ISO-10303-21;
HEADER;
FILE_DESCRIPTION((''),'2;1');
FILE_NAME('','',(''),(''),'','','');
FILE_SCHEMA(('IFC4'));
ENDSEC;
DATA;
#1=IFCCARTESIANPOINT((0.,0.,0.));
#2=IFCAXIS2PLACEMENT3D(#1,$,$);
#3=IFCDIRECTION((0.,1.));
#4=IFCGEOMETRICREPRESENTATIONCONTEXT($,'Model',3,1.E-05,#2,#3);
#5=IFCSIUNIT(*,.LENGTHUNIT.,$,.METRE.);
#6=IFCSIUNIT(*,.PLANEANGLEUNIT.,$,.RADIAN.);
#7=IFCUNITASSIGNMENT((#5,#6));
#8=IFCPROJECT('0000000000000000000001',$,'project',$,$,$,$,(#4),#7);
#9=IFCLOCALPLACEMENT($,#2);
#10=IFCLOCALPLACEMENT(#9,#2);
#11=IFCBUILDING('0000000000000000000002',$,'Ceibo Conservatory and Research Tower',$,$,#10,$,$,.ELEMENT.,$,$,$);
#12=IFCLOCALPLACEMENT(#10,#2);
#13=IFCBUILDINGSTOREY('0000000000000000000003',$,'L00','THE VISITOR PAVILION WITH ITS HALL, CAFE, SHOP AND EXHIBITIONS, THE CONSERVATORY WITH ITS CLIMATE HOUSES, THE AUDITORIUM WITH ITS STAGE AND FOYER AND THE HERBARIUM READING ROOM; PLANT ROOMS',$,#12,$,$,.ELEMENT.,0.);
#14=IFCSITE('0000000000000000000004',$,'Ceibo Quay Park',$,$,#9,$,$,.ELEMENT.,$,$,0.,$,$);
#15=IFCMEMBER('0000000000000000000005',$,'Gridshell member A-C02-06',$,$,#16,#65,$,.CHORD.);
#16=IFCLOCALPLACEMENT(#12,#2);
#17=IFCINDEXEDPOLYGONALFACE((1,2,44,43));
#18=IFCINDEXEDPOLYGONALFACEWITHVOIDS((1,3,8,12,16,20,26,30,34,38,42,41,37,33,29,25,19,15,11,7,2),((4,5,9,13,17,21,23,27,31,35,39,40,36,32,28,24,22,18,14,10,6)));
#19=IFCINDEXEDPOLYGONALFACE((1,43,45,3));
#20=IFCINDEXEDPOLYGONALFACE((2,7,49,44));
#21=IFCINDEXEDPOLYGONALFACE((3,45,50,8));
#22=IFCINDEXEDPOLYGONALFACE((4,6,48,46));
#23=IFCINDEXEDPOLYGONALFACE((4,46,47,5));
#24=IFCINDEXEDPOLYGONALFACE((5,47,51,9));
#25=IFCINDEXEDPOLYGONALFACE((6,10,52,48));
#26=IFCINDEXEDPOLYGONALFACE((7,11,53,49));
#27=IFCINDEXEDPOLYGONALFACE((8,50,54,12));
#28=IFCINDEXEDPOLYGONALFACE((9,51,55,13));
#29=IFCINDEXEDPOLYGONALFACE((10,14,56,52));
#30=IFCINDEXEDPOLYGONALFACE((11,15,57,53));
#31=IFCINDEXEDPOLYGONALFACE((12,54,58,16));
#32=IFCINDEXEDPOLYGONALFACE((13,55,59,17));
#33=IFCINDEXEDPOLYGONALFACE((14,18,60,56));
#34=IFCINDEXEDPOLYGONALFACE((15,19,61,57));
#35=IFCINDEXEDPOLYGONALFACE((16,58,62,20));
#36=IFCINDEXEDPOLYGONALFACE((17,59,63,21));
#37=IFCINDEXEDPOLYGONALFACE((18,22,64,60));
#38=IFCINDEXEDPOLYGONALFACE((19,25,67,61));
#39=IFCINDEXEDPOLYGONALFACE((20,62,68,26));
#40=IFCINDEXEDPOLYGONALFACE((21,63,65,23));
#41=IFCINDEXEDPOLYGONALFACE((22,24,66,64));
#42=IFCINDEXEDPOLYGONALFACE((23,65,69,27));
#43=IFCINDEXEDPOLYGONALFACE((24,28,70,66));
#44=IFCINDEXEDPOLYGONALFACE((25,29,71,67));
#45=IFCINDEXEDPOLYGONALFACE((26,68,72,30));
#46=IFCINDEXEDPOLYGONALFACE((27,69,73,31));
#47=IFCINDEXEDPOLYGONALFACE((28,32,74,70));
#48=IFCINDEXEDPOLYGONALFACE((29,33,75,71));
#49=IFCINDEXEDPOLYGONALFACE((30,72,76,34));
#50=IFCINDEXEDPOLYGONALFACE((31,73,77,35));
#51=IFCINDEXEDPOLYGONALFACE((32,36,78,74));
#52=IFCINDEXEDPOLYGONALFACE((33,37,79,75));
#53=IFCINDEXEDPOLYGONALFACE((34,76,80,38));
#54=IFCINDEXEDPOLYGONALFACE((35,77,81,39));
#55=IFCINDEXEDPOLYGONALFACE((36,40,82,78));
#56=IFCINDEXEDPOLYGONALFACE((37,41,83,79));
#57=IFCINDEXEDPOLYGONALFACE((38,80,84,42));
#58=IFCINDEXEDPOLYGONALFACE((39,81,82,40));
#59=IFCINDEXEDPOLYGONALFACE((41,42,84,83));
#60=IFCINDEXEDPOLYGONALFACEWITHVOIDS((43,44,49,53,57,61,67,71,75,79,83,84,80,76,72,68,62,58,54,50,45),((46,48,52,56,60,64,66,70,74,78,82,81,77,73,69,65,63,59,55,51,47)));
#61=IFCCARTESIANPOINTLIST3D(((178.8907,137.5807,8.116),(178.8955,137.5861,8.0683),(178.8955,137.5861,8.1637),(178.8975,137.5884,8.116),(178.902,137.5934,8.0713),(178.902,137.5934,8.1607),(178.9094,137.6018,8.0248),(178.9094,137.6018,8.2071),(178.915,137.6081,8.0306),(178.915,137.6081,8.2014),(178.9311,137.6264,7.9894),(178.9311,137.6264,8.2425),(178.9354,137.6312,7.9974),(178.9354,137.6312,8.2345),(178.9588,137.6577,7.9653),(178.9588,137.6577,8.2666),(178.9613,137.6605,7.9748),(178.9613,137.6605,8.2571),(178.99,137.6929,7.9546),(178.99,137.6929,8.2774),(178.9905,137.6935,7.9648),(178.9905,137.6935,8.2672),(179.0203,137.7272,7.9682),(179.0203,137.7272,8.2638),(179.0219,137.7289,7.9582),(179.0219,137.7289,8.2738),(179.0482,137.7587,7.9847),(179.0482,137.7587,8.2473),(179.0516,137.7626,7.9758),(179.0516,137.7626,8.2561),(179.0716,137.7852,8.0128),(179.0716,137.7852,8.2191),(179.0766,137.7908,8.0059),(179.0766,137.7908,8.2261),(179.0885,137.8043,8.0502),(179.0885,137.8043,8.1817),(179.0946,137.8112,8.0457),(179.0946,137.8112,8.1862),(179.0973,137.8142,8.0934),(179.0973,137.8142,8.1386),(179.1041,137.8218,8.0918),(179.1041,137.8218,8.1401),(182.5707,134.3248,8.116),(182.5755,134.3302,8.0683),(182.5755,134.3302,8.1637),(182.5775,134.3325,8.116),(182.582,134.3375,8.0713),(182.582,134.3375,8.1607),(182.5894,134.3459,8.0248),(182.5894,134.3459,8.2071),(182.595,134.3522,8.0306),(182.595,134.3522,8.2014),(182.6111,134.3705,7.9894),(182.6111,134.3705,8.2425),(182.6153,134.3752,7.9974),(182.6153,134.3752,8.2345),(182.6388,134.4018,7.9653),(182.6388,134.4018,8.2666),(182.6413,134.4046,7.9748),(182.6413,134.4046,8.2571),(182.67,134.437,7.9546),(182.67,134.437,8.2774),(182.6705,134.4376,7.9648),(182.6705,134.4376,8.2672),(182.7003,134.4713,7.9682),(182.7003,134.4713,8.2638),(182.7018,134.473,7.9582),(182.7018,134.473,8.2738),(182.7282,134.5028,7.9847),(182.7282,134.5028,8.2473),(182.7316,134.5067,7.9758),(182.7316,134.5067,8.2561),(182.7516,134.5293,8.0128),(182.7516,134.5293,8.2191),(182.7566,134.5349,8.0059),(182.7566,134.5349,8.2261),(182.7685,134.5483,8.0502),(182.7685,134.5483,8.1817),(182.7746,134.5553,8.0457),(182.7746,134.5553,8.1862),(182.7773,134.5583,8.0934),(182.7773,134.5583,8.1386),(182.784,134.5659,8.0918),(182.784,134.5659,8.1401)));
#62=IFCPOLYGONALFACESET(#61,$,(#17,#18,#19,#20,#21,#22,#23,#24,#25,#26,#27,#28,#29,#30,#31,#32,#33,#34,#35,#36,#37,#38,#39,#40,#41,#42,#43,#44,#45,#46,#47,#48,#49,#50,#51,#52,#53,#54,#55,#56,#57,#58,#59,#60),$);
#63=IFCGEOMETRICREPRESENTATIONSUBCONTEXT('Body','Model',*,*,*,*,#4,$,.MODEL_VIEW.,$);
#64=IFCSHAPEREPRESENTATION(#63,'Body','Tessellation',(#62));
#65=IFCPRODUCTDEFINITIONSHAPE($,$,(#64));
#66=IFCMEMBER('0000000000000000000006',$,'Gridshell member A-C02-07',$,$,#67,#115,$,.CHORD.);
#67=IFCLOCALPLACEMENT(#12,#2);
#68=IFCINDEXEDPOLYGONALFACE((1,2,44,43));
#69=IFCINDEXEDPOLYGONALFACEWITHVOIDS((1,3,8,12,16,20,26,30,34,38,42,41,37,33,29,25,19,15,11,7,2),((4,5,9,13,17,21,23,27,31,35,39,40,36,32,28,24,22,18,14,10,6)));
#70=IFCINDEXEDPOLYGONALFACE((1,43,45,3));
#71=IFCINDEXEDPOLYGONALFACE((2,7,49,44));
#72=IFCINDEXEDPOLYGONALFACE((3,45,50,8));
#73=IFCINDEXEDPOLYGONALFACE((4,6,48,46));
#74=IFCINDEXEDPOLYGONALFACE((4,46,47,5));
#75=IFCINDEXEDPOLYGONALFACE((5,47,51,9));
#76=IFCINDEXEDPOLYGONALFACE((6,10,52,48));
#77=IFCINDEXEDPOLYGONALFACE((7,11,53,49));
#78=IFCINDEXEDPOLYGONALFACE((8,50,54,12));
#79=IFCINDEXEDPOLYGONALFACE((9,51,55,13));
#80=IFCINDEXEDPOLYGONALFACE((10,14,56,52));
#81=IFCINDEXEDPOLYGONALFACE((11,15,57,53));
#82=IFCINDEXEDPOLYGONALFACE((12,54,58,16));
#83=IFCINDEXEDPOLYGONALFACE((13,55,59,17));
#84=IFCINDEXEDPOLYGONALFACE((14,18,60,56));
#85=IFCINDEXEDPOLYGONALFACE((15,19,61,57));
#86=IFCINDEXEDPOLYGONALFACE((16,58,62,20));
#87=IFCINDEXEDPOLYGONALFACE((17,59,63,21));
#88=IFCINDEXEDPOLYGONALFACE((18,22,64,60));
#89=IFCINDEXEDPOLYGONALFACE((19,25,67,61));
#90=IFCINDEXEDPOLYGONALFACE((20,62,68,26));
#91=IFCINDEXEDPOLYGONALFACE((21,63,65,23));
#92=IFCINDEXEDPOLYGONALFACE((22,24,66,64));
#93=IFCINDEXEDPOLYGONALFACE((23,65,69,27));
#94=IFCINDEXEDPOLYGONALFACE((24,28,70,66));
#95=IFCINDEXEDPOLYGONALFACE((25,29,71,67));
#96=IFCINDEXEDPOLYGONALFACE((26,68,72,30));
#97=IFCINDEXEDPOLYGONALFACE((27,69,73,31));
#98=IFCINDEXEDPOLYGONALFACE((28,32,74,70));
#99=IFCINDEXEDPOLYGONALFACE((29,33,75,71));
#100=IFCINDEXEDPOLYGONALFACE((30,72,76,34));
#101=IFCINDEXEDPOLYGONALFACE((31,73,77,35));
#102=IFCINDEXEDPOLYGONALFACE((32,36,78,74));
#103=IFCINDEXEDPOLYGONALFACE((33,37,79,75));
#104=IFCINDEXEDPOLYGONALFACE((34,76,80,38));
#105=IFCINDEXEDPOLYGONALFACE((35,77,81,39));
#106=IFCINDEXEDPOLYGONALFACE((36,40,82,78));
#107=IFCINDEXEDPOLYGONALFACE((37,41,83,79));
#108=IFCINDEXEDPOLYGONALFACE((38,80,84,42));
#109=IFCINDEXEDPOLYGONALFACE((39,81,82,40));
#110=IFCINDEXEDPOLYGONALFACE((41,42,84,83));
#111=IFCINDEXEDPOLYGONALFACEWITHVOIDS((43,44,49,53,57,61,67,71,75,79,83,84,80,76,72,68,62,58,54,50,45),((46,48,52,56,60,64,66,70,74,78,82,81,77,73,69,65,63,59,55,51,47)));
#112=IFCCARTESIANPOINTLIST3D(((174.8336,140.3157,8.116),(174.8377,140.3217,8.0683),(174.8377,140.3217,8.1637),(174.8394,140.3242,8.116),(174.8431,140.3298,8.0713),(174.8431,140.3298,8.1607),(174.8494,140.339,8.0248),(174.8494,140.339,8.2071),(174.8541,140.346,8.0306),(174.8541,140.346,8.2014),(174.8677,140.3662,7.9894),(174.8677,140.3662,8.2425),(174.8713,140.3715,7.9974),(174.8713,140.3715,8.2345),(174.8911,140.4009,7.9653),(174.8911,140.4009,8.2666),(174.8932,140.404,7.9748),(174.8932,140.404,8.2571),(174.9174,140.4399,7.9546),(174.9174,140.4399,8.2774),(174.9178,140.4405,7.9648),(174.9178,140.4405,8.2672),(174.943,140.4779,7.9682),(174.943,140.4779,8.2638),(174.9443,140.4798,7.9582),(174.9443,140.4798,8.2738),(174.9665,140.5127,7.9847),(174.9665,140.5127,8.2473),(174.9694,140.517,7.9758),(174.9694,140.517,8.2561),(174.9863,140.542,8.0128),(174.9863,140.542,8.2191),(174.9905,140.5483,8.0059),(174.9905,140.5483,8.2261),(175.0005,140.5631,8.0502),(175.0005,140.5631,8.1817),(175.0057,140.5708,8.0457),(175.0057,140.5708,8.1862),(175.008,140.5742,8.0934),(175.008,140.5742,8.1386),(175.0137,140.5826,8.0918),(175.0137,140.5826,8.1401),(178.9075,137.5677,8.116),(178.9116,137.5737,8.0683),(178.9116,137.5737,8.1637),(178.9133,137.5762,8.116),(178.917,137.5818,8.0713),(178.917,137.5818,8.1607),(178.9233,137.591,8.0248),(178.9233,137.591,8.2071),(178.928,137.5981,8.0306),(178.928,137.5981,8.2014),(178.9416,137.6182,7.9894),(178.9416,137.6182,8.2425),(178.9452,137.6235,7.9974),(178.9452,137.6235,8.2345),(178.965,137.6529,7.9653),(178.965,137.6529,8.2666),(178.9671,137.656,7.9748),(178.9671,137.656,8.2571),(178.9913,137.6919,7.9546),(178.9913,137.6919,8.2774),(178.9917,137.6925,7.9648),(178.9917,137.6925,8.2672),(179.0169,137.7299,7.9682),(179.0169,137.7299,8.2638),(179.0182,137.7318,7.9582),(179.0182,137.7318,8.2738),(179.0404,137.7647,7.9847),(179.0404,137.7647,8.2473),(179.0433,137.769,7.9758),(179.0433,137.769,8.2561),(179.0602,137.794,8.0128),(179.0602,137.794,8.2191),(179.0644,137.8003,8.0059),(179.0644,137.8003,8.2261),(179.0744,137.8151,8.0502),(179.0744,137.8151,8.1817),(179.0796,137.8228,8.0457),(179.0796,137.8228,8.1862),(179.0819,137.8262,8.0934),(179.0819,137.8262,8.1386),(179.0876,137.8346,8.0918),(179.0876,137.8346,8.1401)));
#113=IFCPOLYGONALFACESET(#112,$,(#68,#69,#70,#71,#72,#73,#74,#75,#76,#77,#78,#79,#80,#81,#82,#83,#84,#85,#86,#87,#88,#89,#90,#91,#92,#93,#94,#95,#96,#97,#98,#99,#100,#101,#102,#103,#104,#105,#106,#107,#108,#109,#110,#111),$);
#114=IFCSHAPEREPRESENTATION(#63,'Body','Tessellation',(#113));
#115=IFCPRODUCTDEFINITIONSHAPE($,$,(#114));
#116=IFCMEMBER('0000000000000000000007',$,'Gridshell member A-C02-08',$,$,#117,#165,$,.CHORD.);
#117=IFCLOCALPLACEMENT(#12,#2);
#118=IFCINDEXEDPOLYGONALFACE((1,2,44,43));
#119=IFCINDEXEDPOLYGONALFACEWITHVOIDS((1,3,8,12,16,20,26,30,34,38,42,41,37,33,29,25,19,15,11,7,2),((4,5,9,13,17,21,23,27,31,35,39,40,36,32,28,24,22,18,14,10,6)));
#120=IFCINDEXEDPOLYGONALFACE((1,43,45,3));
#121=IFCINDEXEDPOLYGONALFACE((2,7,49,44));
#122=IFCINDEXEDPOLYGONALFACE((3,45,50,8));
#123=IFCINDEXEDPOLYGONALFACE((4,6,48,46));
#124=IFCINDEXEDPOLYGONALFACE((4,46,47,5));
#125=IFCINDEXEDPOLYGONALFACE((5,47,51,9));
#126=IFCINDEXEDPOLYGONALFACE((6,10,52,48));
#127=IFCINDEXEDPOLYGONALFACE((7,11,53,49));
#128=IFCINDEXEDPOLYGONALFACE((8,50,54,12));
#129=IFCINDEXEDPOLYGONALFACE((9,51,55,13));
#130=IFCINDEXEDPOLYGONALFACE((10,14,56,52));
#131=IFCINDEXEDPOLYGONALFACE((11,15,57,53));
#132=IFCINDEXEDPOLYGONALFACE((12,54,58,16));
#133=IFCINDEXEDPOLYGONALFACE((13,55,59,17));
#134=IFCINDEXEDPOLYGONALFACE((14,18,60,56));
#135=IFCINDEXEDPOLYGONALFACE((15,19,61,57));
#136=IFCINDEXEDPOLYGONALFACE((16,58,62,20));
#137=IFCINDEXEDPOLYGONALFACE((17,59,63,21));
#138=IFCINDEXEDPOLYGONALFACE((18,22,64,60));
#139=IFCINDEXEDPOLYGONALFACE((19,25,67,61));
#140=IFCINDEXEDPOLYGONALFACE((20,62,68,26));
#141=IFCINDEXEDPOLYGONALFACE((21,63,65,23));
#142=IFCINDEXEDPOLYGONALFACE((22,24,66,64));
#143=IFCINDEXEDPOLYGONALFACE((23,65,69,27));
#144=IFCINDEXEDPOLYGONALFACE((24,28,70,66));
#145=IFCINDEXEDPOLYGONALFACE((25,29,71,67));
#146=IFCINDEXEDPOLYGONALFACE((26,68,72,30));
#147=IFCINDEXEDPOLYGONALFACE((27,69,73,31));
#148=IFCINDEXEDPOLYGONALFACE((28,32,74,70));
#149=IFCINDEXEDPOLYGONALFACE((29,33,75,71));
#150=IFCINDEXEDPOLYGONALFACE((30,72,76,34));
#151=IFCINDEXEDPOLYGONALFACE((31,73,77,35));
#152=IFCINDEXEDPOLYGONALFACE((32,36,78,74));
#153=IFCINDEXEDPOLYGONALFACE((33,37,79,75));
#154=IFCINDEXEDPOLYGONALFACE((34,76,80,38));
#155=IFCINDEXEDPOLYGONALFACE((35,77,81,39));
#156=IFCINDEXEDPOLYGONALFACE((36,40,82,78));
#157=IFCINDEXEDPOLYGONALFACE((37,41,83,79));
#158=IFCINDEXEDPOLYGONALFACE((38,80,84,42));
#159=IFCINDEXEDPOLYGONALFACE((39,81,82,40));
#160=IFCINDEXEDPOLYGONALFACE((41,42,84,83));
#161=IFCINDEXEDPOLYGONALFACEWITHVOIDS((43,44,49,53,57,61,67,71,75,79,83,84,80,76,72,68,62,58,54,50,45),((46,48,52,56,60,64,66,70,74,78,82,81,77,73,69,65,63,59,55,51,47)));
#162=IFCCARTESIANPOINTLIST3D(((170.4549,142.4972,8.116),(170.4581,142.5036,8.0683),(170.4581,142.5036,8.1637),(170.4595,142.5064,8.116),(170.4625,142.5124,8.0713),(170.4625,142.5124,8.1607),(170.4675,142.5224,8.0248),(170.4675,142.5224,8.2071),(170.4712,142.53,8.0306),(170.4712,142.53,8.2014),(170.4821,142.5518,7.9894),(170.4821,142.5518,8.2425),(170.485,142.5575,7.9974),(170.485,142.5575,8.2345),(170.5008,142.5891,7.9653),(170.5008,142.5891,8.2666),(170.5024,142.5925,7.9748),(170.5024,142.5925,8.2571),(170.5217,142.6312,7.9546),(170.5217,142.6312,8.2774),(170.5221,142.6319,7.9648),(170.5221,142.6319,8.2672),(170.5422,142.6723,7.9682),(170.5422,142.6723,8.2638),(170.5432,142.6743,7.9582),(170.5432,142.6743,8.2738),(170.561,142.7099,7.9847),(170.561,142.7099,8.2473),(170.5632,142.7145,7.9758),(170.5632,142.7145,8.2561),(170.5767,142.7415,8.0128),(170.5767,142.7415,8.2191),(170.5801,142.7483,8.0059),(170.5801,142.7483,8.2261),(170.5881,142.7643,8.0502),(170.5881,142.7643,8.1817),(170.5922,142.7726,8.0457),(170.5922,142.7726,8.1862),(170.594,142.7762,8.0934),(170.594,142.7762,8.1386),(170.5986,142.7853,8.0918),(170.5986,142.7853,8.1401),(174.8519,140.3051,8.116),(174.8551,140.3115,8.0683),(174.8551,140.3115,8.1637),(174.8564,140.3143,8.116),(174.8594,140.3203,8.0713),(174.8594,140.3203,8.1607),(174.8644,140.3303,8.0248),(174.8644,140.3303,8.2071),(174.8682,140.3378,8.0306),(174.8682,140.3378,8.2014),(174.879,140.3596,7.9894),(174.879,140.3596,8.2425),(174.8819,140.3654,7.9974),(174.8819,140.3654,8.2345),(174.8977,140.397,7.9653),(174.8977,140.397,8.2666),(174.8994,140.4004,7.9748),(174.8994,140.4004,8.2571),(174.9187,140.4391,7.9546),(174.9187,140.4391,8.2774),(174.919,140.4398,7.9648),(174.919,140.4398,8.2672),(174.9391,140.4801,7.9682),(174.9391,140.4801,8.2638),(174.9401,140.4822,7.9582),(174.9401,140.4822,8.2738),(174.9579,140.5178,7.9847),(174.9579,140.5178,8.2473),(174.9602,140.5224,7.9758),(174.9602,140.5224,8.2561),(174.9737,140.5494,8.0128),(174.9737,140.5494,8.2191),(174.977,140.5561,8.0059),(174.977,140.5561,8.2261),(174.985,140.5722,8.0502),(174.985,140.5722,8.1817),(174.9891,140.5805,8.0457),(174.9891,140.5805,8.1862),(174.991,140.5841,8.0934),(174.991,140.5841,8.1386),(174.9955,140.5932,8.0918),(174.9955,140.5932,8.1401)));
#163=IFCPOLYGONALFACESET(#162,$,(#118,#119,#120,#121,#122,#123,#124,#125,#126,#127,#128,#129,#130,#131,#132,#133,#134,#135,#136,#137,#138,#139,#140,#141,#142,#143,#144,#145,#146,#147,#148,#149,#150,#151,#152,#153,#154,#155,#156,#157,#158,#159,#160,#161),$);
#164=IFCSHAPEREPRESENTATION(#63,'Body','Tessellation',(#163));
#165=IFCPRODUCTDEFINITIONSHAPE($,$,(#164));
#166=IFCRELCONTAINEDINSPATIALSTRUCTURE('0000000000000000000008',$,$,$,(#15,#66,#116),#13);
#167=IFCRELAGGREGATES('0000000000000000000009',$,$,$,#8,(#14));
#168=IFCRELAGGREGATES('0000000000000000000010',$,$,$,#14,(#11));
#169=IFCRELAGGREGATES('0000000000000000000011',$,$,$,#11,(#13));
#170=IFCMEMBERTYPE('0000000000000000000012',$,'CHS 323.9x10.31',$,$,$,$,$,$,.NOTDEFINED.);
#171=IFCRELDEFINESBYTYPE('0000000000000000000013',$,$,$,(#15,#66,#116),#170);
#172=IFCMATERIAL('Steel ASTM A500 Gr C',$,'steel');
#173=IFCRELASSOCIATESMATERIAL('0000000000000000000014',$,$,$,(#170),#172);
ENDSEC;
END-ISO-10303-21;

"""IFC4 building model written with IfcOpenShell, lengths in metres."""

from ifc_helpers import new_model, si_unit, direction, frame, origin, origin_2d, place, context, subcontext, project, spatial, hollow_circle, extrude, material, material_profile, profile_set, type_object, element, save


model = new_model("IFC4")

# Units and contexts
model_context = context("Model", 3, precision=1e-05, world=origin(), true_north=direction((0.0, 1.0)))
body_context = subcontext(model_context, "Body", "Model", "MODEL_VIEW")
ifc_project = project(units=[si_unit("LENGTHUNIT", "METRE"), si_unit("PLANEANGLEUNIT", "RADIAN")], contexts=[model_context])

# Site, building, storey
site_placement = place(None, origin())
site = spatial("IfcSite", under=ifc_project, at=site_placement, Name="Ceibo Quay Park", CompositionType="ELEMENT", RefElevation=0.0)
building_placement = place(site_placement, origin())
building = spatial("IfcBuilding", under=site, at=building_placement, Name="Ceibo Conservatory and Research Tower", CompositionType="ELEMENT")
storey_placement = place(building_placement, origin())
storey = spatial("IfcBuildingStorey", under=building, at=storey_placement, Name="L00", Description="THE VISITOR PAVILION WITH ITS HALL, CAFE, SHOP AND EXHIBITIONS, THE CONSERVATORY WITH ITS CLIMATE HOUSES, THE AUDITORIUM WITH ITS STAGE AND FOYER AND THE HERBARIUM READING ROOM; PLANT ROOMS", CompositionType="ELEMENT", Elevation=0.0)

# Members
ifc_material_1 = material(Name="Steel ASTM A500 Gr C", Category="steel")
ifc_material_profile_1 = material_profile(ifc_material_1, hollow_circle(Radius=0.1619, WallThickness=0.0103, at=origin_2d()), Name="CHS 323.9x10.31")
ifc_profile_set_1 = profile_set([ifc_material_profile_1], Name="Steel ASTM A500 Gr C")
member_type_1 = type_object("IfcMemberType", Name="CHS 323.9x10.31", PredefinedType="NOTDEFINED", material=ifc_profile_set_1)
member_1_placement = place(storey_placement, frame((182.678, 134.446, 8.116), z_axis=(-0.748943, 0.662635, 0.0), x_axis=(-0.662635, -0.748943, 0.0)))
element("IfcMember", 1, at=member_1_placement, inside=storey, type_object=member_type_1, Name="Gridshell member A-C02-06", PredefinedType="CHORD", context=body_context, shape_type="SweptSolid", body=[
    extrude(hollow_circle(Radius=0.1619, WallThickness=0.0103, at=origin_2d()), origin(), (0.0, 0.0, 1.0), 4.9136),
])
member_2_placement = place(storey_placement, frame((178.998, 137.7019, 8.116), z_axis=(-0.829027, 0.559209, 0.0), x_axis=(-0.559209, -0.829027, 0.0)))
element("IfcMember", 2, at=member_2_placement, inside=storey, type_object=member_type_1, Name="Gridshell member A-C02-07", PredefinedType="CHORD", context=body_context, shape_type="SweptSolid", body=[
    extrude(hollow_circle(Radius=0.1619, WallThickness=0.0103, at=origin_2d()), origin(), (0.0, 0.0, 1.0), 4.9141),
])
member_3_placement = place(storey_placement, frame((174.9241, 140.45, 8.116), z_axis=(-0.894943, 0.44618, 0.0), x_axis=(-0.44618, -0.894943, 0.0)))
element("IfcMember", 3, at=member_3_placement, inside=storey, type_object=member_type_1, Name="Gridshell member A-C02-08", PredefinedType="CHORD", context=body_context, shape_type="SweptSolid", body=[
    extrude(hollow_circle(Radius=0.1619, WallThickness=0.0103, at=origin_2d()), origin(), (0.0, 0.0, 1.0), 4.9131),
])

save(model, "model.ifc")
